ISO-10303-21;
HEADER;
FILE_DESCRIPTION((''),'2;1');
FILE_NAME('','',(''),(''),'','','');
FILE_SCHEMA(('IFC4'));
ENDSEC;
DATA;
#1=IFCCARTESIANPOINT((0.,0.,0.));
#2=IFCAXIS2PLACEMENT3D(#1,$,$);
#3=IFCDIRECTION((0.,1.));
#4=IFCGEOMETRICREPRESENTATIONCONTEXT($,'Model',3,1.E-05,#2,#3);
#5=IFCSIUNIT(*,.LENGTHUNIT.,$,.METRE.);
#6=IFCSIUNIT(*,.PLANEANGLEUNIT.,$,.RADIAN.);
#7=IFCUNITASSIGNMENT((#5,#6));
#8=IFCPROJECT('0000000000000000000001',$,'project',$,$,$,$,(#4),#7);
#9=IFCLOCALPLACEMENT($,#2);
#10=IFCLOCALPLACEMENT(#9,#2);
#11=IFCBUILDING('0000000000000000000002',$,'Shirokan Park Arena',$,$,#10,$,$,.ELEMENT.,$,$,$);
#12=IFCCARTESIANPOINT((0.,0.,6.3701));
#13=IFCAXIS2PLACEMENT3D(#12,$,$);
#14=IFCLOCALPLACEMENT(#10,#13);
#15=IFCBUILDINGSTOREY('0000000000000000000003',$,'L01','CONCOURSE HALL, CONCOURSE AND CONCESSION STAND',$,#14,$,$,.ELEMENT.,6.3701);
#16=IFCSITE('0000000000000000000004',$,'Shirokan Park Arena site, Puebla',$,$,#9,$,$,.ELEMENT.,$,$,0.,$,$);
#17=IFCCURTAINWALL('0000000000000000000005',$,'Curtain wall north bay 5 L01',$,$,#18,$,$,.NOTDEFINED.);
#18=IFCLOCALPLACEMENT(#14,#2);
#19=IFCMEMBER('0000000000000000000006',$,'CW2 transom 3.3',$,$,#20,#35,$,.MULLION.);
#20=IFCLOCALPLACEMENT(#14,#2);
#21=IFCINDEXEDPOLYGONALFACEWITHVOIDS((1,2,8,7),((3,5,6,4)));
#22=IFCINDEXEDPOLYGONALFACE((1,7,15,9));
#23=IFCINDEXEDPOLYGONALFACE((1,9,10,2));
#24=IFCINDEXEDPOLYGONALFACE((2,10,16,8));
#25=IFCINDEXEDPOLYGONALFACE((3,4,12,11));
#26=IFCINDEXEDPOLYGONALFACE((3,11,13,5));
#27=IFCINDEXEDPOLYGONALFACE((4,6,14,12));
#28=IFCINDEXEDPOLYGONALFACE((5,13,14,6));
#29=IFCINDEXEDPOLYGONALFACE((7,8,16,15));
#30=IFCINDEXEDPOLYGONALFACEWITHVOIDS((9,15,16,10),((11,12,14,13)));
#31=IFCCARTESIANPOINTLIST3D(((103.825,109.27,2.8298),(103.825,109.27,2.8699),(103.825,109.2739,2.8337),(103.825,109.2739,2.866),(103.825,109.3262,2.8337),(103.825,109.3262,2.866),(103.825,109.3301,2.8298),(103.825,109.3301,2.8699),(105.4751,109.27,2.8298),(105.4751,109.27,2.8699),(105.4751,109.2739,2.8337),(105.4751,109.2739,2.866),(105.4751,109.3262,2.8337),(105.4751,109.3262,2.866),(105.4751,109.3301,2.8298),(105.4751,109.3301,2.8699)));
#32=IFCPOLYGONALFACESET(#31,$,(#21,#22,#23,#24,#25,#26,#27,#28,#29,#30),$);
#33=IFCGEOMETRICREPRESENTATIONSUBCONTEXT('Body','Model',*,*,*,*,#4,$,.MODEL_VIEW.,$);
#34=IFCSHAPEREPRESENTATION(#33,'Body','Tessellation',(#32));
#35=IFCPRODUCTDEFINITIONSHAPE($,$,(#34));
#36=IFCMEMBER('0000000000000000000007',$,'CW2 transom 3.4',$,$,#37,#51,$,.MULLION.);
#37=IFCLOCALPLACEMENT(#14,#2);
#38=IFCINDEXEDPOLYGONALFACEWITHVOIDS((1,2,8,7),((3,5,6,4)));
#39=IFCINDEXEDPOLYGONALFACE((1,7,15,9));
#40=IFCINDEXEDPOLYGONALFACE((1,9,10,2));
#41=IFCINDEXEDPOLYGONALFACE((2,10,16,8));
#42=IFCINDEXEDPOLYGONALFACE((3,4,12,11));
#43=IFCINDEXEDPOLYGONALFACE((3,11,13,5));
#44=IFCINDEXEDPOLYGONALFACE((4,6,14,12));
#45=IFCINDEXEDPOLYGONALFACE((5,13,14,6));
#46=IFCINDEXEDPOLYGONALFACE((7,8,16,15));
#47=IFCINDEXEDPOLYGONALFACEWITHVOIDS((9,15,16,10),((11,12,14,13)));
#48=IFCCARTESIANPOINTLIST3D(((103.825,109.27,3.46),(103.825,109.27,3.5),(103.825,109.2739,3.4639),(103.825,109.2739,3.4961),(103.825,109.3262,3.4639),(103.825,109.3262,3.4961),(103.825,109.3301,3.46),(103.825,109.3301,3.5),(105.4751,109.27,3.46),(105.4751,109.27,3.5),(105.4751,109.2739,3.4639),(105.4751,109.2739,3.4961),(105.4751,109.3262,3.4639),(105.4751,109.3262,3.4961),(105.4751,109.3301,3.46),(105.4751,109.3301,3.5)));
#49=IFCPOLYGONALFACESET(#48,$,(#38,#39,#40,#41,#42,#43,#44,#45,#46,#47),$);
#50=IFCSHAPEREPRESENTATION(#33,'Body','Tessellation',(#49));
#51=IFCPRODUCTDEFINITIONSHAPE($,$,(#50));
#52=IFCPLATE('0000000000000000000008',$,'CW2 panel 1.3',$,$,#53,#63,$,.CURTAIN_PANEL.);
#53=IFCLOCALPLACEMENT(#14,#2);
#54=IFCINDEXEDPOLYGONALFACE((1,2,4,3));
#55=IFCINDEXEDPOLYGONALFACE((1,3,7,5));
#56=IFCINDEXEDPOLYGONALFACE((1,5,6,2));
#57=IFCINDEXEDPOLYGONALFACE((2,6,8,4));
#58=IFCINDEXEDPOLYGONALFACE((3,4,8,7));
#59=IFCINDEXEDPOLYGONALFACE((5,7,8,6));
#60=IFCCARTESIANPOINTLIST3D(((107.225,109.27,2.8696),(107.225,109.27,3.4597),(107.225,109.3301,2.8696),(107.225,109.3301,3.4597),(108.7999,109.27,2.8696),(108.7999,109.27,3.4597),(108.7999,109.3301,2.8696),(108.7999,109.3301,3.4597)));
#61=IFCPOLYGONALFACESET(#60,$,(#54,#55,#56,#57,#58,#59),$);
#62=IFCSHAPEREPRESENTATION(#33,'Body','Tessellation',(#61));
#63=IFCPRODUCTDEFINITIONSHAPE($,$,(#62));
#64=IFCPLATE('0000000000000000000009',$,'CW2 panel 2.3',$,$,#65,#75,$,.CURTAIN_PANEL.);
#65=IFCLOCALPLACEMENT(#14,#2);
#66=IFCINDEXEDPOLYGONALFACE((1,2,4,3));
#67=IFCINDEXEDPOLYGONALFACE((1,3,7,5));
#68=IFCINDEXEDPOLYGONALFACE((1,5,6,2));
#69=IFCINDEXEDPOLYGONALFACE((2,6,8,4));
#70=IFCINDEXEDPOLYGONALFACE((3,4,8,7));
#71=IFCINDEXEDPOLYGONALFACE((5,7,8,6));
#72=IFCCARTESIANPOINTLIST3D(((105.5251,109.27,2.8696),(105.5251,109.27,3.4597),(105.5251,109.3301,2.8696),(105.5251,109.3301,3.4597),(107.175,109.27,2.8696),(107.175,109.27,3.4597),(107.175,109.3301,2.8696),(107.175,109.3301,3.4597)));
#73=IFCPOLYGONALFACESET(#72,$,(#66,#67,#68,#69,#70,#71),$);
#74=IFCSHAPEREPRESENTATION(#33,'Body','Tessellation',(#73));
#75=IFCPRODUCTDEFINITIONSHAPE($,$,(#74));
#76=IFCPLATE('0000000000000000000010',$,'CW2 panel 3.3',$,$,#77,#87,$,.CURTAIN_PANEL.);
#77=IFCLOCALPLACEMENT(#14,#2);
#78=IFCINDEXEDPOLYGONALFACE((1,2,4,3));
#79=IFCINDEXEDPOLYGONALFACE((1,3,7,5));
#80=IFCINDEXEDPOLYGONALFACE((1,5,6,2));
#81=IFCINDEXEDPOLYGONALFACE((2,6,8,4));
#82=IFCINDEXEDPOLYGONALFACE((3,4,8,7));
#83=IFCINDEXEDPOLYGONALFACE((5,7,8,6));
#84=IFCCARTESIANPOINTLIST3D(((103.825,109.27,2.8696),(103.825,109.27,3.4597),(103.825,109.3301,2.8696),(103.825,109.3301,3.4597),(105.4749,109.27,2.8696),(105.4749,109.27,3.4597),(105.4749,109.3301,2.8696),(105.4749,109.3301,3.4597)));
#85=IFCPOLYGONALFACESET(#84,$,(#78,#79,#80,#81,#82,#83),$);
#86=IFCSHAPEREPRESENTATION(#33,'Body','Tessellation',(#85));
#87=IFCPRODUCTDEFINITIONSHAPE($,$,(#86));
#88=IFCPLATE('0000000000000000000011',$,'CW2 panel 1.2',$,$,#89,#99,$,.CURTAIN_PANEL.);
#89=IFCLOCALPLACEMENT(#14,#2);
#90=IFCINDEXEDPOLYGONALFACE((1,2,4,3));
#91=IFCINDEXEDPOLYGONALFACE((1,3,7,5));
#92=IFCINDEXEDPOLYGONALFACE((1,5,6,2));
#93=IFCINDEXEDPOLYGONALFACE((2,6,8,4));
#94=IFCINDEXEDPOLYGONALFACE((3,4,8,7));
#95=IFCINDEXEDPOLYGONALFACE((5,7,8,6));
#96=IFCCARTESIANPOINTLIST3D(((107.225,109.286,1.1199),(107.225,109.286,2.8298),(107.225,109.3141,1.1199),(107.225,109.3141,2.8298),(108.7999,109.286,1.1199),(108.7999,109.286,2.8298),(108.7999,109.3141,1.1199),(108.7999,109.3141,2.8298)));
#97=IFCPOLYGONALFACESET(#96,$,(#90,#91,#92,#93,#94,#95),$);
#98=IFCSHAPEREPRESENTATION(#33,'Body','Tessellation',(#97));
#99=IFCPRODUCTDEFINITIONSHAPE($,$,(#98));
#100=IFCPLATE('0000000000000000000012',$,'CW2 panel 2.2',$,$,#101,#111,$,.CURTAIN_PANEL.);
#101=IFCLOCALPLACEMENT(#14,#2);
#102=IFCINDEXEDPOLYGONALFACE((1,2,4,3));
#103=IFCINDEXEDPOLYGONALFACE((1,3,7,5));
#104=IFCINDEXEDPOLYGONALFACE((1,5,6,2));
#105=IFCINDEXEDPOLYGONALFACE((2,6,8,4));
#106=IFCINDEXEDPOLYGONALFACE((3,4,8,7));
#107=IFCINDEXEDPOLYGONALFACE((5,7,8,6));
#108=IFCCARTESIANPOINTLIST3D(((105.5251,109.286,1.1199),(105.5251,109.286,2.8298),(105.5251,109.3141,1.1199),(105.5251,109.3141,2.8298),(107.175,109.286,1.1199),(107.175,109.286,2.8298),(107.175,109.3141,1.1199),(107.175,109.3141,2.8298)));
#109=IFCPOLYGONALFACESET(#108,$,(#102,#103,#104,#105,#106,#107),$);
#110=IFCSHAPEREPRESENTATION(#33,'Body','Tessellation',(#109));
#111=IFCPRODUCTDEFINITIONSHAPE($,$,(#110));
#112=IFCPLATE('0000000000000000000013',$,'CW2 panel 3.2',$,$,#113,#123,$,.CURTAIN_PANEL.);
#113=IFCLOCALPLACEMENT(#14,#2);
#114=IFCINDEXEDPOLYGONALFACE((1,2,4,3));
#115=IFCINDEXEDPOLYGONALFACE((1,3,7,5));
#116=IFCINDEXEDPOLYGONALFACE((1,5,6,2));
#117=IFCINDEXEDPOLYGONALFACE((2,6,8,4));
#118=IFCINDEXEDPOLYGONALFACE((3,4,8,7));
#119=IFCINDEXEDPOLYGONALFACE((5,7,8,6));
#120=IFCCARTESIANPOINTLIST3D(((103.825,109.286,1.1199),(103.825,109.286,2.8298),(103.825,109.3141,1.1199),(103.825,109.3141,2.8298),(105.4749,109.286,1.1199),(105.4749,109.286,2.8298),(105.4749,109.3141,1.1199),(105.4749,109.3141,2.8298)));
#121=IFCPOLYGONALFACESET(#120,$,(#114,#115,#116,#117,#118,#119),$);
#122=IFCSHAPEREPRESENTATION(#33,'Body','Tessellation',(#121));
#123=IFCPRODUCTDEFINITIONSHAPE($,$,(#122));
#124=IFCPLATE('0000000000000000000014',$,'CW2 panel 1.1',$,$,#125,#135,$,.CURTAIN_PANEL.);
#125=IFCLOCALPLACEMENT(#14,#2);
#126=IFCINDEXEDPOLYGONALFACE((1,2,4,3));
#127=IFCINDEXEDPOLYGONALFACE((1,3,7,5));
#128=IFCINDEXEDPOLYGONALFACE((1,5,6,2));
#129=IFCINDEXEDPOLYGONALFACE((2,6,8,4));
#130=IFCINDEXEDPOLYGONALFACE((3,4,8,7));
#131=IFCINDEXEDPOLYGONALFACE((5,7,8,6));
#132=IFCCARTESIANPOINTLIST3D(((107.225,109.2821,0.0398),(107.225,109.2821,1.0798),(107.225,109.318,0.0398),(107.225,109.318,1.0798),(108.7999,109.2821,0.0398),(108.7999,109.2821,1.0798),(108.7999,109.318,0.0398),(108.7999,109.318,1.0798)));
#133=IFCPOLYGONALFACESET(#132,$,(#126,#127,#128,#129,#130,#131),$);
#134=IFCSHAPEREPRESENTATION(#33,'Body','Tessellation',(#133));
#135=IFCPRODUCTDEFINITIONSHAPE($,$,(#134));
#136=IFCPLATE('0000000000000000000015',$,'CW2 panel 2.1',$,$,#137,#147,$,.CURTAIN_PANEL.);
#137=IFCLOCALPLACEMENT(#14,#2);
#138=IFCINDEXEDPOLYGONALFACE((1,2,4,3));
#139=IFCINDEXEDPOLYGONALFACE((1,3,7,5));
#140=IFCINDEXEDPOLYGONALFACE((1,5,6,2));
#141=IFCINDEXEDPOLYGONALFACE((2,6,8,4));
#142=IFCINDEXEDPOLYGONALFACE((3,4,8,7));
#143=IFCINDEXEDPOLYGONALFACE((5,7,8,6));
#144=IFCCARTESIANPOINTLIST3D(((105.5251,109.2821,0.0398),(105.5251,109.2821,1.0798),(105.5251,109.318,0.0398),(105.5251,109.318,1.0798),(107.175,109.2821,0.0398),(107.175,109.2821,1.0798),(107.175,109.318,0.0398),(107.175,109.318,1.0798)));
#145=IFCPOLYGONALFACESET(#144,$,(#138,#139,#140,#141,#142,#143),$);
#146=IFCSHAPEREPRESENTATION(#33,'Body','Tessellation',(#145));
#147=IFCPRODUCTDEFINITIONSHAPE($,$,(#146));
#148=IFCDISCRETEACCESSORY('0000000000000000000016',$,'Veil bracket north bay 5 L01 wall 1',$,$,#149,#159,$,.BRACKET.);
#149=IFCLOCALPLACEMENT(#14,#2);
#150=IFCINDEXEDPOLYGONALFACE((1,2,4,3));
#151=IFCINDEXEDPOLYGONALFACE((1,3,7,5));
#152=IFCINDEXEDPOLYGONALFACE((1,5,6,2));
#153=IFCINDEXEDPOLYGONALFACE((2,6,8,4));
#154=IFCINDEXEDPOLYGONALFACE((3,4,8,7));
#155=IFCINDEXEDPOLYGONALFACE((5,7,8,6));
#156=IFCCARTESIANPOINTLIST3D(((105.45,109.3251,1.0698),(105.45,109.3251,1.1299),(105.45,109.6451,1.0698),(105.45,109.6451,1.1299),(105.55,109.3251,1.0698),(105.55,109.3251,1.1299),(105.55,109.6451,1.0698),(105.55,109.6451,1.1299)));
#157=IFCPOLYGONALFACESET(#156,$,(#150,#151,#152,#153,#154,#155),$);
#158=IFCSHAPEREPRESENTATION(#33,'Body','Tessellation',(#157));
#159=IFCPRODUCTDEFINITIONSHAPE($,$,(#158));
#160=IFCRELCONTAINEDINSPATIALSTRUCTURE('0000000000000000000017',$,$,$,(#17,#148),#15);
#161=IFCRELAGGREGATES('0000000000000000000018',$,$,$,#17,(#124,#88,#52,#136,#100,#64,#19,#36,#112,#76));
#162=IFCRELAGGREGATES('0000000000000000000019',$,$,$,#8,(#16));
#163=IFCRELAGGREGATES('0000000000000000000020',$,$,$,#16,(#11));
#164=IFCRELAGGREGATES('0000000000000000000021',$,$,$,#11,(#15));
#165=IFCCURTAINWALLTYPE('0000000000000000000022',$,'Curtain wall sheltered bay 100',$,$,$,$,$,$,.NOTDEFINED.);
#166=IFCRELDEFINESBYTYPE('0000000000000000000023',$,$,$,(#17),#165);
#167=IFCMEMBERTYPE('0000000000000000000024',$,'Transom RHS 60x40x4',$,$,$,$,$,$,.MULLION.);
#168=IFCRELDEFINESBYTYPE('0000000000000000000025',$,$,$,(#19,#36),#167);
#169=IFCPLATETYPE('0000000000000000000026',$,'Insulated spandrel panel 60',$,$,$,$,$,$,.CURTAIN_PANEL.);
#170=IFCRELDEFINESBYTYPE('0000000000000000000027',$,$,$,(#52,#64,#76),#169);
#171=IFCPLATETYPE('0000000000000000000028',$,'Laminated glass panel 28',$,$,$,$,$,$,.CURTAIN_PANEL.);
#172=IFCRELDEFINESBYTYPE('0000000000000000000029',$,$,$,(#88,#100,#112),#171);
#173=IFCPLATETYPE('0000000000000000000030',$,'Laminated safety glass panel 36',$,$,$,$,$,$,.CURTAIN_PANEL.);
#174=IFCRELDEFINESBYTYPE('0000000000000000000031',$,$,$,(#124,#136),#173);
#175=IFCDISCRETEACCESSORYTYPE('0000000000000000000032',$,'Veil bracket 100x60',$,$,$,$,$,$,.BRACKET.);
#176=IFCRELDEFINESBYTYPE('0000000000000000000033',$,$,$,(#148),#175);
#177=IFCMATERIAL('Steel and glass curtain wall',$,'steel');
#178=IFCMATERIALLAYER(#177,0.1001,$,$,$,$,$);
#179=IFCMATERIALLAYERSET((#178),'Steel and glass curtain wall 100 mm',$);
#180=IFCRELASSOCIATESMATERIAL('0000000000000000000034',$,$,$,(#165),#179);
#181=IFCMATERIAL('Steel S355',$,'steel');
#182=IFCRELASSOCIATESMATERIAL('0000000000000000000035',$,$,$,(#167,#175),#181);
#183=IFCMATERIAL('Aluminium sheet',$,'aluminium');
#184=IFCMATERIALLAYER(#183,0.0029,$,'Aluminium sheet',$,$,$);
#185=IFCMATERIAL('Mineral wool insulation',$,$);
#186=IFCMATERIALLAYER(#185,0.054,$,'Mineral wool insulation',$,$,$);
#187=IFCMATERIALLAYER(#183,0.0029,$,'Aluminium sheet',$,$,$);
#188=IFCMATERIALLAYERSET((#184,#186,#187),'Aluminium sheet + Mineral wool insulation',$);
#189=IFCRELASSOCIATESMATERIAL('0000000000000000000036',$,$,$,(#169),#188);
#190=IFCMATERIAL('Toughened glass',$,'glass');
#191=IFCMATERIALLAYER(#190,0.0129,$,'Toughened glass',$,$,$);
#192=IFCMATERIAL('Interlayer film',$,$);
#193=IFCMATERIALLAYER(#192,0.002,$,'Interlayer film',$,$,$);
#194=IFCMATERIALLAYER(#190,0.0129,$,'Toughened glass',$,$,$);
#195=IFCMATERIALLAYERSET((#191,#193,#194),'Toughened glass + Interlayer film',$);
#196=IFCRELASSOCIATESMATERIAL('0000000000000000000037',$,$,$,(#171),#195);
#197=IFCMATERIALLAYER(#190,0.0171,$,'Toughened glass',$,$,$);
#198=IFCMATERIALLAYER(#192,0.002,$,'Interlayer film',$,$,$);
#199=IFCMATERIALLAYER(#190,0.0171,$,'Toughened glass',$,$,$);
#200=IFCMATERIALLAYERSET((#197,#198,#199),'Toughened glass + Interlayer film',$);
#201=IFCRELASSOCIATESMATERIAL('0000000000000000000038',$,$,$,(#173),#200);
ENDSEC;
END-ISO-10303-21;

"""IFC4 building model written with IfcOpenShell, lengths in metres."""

from ifc_helpers import new_model, si_unit, direction, frame, origin, origin_2d, place, context, subcontext, project, spatial, rectangle, hollow_rectangle, extrude, material, layer, layer_set, material_profile, profile_set, type_object, element, aggregate, save


model = new_model("IFC4")

# Units and contexts
model_context = context("Model", 3, precision=1e-05, world=origin(), true_north=direction((0.0, 1.0)))
body_context = subcontext(model_context, "Body", "Model", "MODEL_VIEW")
ifc_project = project(units=[si_unit("LENGTHUNIT", "METRE"), si_unit("PLANEANGLEUNIT", "RADIAN")], contexts=[model_context])

# Site, building, storey
site_placement = place(None, origin())
site = spatial("IfcSite", under=ifc_project, at=site_placement, Name="Shirokan Park Arena site, Puebla", CompositionType="ELEMENT", RefElevation=0.0)
building_placement = place(site_placement, origin())
building = spatial("IfcBuilding", under=site, at=building_placement, Name="Shirokan Park Arena", CompositionType="ELEMENT")
storey_placement = place(building_placement, frame((0.0, 0.0, 6.3701)))
storey = spatial("IfcBuildingStorey", under=building, at=storey_placement, Name="L01", Description="CONCOURSE HALL, CONCOURSE AND CONCESSION STAND", CompositionType="ELEMENT", Elevation=6.3701)

# Curtain wall, members, plates
ifc_material_1 = material(Name="Steel and glass curtain wall", Category="steel")
ifc_layer_1 = layer(ifc_material_1, 0.1001)
ifc_layer_set_1 = layer_set([ifc_layer_1], Name="Steel and glass curtain wall 100 mm")
curtain_wall_type = type_object("IfcCurtainWallType", Name="Curtain wall sheltered bay 100", PredefinedType="NOTDEFINED", material=ifc_layer_set_1)
curtain_wall_placement = place(storey_placement, origin())
curtain_wall = element("IfcCurtainWall", 1, at=curtain_wall_placement, inside=storey, type_object=curtain_wall_type, Name="Curtain wall north bay 5 L01", PredefinedType="NOTDEFINED")
ifc_material_2 = material(Name="Steel S355", Category="steel")
ifc_material_profile_1 = material_profile(ifc_material_2, hollow_rectangle(XDim=0.0601, YDim=0.04, WallThickness=0.0039, at=origin_2d()), Name="RHS 60x40x4")
ifc_profile_set_1 = profile_set([ifc_material_profile_1], Name="Steel S355")
member_type_1 = type_object("IfcMemberType", Name="Transom RHS 60x40x4", PredefinedType="MULLION", material=ifc_profile_set_1)
member_1_placement = place(storey_placement, frame((105.4751, 109.3, 2.8499), z_axis=(-1.0, 0.0, 0.0), x_axis=(0.0, -1.0, 0.0)))
member_1 = element("IfcMember", 2, at=member_1_placement, type_object=member_type_1, Name="CW2 transom 3.3", PredefinedType="MULLION", context=body_context, shape_type="SweptSolid", body=[
    extrude(hollow_rectangle(XDim=0.0601, YDim=0.04, WallThickness=0.0039, at=origin_2d()), origin(), (0.0, 0.0, 1.0), 1.6501),
])
member_2_placement = place(storey_placement, frame((105.4751, 109.3, 3.48), z_axis=(-1.0, 0.0, 0.0), x_axis=(0.0, -1.0, 0.0)))
member_2 = element("IfcMember", 3, at=member_2_placement, type_object=member_type_1, Name="CW2 transom 3.4", PredefinedType="MULLION", context=body_context, shape_type="SweptSolid", body=[
    extrude(hollow_rectangle(XDim=0.0601, YDim=0.04, WallThickness=0.0039, at=origin_2d()), origin(), (0.0, 0.0, 1.0), 1.6501),
])
ifc_material_3 = material(Name="Aluminium sheet", Category="aluminium")
ifc_layer_2 = layer(ifc_material_3, 0.0029, Name="Aluminium sheet")
ifc_material_4 = material(Name="Mineral wool insulation")
ifc_layer_3 = layer(ifc_material_4, 0.054, Name="Mineral wool insulation")
ifc_layer_4 = layer(ifc_material_3, 0.0029, Name="Aluminium sheet")
ifc_layer_set_2 = layer_set([ifc_layer_2, ifc_layer_3, ifc_layer_4], Name="Aluminium sheet + Mineral wool insulation")
plate_type_1 = type_object("IfcPlateType", Name="Insulated spandrel panel 60", PredefinedType="CURTAIN_PANEL", material=ifc_layer_set_2)
plate_1_placement = place(storey_placement, frame((108.0125, 109.3, 2.8696), z_axis=(0.0, 0.0, 1.0), x_axis=(-1.0, 0.0, 0.0)))
plate_1 = element("IfcPlate", 4, at=plate_1_placement, type_object=plate_type_1, Name="CW2 panel 1.3", PredefinedType="CURTAIN_PANEL", context=body_context, shape_type="SweptSolid", body=[
    extrude(rectangle(XDim=1.575, YDim=0.0601, at=origin_2d()), origin(), (0.0, 0.0, 1.0), 0.5901),
])
plate_2_placement = place(storey_placement, frame((106.3501, 109.3, 2.8696), z_axis=(0.0, 0.0, 1.0), x_axis=(-1.0, 0.0, 0.0)))
plate_2 = element("IfcPlate", 5, at=plate_2_placement, type_object=plate_type_1, Name="CW2 panel 2.3", PredefinedType="CURTAIN_PANEL", context=body_context, shape_type="SweptSolid", body=[
    extrude(rectangle(XDim=1.6499, YDim=0.0601, at=origin_2d()), origin(), (0.0, 0.0, 1.0), 0.5901),
])
plate_3_placement = place(storey_placement, frame((104.6499, 109.3, 2.8696), z_axis=(0.0, 0.0, 1.0), x_axis=(-1.0, 0.0, 0.0)))
plate_3 = element("IfcPlate", 6, at=plate_3_placement, type_object=plate_type_1, Name="CW2 panel 3.3", PredefinedType="CURTAIN_PANEL", context=body_context, shape_type="SweptSolid", body=[
    extrude(rectangle(XDim=1.6499, YDim=0.0601, at=origin_2d()), origin(), (0.0, 0.0, 1.0), 0.5901),
])
ifc_material_5 = material(Name="Toughened glass", Category="glass")
ifc_layer_5 = layer(ifc_material_5, 0.0129, Name="Toughened glass")
ifc_material_6 = material(Name="Interlayer film")
ifc_layer_6 = layer(ifc_material_6, 0.002, Name="Interlayer film")
ifc_layer_7 = layer(ifc_material_5, 0.0129, Name="Toughened glass")
ifc_layer_set_3 = layer_set([ifc_layer_5, ifc_layer_6, ifc_layer_7], Name="Toughened glass + Interlayer film")
plate_type_2 = type_object("IfcPlateType", Name="Laminated glass panel 28", PredefinedType="CURTAIN_PANEL", material=ifc_layer_set_3)
plate_4_placement = place(storey_placement, frame((108.0125, 109.3, 1.1199), z_axis=(0.0, 0.0, 1.0), x_axis=(-1.0, 0.0, 0.0)))
plate_4 = element("IfcPlate", 7, at=plate_4_placement, type_object=plate_type_2, Name="CW2 panel 1.2", PredefinedType="CURTAIN_PANEL", context=body_context, shape_type="SweptSolid", body=[
    extrude(rectangle(XDim=1.575, YDim=0.0281, at=origin_2d()), origin(), (0.0, 0.0, 1.0), 1.71),
])
plate_5_placement = place(storey_placement, frame((106.3501, 109.3, 1.1199), z_axis=(0.0, 0.0, 1.0), x_axis=(-1.0, 0.0, 0.0)))
plate_5 = element("IfcPlate", 8, at=plate_5_placement, type_object=plate_type_2, Name="CW2 panel 2.2", PredefinedType="CURTAIN_PANEL", context=body_context, shape_type="SweptSolid", body=[
    extrude(rectangle(XDim=1.6499, YDim=0.0281, at=origin_2d()), origin(), (0.0, 0.0, 1.0), 1.71),
])
plate_6_placement = place(storey_placement, frame((104.6499, 109.3, 1.1199), z_axis=(0.0, 0.0, 1.0), x_axis=(-1.0, 0.0, 0.0)))
plate_6 = element("IfcPlate", 9, at=plate_6_placement, type_object=plate_type_2, Name="CW2 panel 3.2", PredefinedType="CURTAIN_PANEL", context=body_context, shape_type="SweptSolid", body=[
    extrude(rectangle(XDim=1.6499, YDim=0.0281, at=origin_2d()), origin(), (0.0, 0.0, 1.0), 1.71),
])
ifc_layer_8 = layer(ifc_material_5, 0.0171, Name="Toughened glass")
ifc_layer_9 = layer(ifc_material_6, 0.002, Name="Interlayer film")
ifc_layer_10 = layer(ifc_material_5, 0.0171, Name="Toughened glass")
ifc_layer_set_4 = layer_set([ifc_layer_8, ifc_layer_9, ifc_layer_10], Name="Toughened glass + Interlayer film")
plate_type_3 = type_object("IfcPlateType", Name="Laminated safety glass panel 36", PredefinedType="CURTAIN_PANEL", material=ifc_layer_set_4)
plate_7_placement = place(storey_placement, frame((108.0125, 109.3, 0.0398), z_axis=(0.0, 0.0, 1.0), x_axis=(-1.0, 0.0, 0.0)))
plate_7 = element("IfcPlate", 10, at=plate_7_placement, type_object=plate_type_3, Name="CW2 panel 1.1", PredefinedType="CURTAIN_PANEL", context=body_context, shape_type="SweptSolid", body=[
    extrude(rectangle(XDim=1.575, YDim=0.0359, at=origin_2d()), origin(), (0.0, 0.0, 1.0), 1.04),
])
plate_8_placement = place(storey_placement, frame((106.3501, 109.3, 0.0398), z_axis=(0.0, 0.0, 1.0), x_axis=(-1.0, 0.0, 0.0)))
plate_8 = element("IfcPlate", 11, at=plate_8_placement, type_object=plate_type_3, Name="CW2 panel 2.1", PredefinedType="CURTAIN_PANEL", context=body_context, shape_type="SweptSolid", body=[
    extrude(rectangle(XDim=1.6499, YDim=0.0359, at=origin_2d()), origin(), (0.0, 0.0, 1.0), 1.04),
])
aggregate(curtain_wall, [plate_7, plate_4, plate_1, plate_8, plate_5, plate_2, member_1, member_2, plate_6, plate_3])

# Discrete accessory
discrete_accessory_type = type_object("IfcDiscreteAccessoryType", Name="Veil bracket 100x60", PredefinedType="BRACKET", material=ifc_material_2)
discrete_accessory_placement = place(storey_placement, frame((105.5, 109.4851, 1.0698), z_axis=(0.0, 0.0, 1.0), x_axis=(-1.0, 0.0, 0.0)))
element("IfcDiscreteAccessory", 12, at=discrete_accessory_placement, inside=storey, type_object=discrete_accessory_type, Name="Veil bracket north bay 5 L01 wall 1", PredefinedType="BRACKET", context=body_context, shape_type="SweptSolid", body=[
    extrude(rectangle(XDim=0.1001, YDim=0.3201, at=origin_2d()), origin(), (0.0, 0.0, 1.0), 0.0601),
])

save(model, "model.ifc")
